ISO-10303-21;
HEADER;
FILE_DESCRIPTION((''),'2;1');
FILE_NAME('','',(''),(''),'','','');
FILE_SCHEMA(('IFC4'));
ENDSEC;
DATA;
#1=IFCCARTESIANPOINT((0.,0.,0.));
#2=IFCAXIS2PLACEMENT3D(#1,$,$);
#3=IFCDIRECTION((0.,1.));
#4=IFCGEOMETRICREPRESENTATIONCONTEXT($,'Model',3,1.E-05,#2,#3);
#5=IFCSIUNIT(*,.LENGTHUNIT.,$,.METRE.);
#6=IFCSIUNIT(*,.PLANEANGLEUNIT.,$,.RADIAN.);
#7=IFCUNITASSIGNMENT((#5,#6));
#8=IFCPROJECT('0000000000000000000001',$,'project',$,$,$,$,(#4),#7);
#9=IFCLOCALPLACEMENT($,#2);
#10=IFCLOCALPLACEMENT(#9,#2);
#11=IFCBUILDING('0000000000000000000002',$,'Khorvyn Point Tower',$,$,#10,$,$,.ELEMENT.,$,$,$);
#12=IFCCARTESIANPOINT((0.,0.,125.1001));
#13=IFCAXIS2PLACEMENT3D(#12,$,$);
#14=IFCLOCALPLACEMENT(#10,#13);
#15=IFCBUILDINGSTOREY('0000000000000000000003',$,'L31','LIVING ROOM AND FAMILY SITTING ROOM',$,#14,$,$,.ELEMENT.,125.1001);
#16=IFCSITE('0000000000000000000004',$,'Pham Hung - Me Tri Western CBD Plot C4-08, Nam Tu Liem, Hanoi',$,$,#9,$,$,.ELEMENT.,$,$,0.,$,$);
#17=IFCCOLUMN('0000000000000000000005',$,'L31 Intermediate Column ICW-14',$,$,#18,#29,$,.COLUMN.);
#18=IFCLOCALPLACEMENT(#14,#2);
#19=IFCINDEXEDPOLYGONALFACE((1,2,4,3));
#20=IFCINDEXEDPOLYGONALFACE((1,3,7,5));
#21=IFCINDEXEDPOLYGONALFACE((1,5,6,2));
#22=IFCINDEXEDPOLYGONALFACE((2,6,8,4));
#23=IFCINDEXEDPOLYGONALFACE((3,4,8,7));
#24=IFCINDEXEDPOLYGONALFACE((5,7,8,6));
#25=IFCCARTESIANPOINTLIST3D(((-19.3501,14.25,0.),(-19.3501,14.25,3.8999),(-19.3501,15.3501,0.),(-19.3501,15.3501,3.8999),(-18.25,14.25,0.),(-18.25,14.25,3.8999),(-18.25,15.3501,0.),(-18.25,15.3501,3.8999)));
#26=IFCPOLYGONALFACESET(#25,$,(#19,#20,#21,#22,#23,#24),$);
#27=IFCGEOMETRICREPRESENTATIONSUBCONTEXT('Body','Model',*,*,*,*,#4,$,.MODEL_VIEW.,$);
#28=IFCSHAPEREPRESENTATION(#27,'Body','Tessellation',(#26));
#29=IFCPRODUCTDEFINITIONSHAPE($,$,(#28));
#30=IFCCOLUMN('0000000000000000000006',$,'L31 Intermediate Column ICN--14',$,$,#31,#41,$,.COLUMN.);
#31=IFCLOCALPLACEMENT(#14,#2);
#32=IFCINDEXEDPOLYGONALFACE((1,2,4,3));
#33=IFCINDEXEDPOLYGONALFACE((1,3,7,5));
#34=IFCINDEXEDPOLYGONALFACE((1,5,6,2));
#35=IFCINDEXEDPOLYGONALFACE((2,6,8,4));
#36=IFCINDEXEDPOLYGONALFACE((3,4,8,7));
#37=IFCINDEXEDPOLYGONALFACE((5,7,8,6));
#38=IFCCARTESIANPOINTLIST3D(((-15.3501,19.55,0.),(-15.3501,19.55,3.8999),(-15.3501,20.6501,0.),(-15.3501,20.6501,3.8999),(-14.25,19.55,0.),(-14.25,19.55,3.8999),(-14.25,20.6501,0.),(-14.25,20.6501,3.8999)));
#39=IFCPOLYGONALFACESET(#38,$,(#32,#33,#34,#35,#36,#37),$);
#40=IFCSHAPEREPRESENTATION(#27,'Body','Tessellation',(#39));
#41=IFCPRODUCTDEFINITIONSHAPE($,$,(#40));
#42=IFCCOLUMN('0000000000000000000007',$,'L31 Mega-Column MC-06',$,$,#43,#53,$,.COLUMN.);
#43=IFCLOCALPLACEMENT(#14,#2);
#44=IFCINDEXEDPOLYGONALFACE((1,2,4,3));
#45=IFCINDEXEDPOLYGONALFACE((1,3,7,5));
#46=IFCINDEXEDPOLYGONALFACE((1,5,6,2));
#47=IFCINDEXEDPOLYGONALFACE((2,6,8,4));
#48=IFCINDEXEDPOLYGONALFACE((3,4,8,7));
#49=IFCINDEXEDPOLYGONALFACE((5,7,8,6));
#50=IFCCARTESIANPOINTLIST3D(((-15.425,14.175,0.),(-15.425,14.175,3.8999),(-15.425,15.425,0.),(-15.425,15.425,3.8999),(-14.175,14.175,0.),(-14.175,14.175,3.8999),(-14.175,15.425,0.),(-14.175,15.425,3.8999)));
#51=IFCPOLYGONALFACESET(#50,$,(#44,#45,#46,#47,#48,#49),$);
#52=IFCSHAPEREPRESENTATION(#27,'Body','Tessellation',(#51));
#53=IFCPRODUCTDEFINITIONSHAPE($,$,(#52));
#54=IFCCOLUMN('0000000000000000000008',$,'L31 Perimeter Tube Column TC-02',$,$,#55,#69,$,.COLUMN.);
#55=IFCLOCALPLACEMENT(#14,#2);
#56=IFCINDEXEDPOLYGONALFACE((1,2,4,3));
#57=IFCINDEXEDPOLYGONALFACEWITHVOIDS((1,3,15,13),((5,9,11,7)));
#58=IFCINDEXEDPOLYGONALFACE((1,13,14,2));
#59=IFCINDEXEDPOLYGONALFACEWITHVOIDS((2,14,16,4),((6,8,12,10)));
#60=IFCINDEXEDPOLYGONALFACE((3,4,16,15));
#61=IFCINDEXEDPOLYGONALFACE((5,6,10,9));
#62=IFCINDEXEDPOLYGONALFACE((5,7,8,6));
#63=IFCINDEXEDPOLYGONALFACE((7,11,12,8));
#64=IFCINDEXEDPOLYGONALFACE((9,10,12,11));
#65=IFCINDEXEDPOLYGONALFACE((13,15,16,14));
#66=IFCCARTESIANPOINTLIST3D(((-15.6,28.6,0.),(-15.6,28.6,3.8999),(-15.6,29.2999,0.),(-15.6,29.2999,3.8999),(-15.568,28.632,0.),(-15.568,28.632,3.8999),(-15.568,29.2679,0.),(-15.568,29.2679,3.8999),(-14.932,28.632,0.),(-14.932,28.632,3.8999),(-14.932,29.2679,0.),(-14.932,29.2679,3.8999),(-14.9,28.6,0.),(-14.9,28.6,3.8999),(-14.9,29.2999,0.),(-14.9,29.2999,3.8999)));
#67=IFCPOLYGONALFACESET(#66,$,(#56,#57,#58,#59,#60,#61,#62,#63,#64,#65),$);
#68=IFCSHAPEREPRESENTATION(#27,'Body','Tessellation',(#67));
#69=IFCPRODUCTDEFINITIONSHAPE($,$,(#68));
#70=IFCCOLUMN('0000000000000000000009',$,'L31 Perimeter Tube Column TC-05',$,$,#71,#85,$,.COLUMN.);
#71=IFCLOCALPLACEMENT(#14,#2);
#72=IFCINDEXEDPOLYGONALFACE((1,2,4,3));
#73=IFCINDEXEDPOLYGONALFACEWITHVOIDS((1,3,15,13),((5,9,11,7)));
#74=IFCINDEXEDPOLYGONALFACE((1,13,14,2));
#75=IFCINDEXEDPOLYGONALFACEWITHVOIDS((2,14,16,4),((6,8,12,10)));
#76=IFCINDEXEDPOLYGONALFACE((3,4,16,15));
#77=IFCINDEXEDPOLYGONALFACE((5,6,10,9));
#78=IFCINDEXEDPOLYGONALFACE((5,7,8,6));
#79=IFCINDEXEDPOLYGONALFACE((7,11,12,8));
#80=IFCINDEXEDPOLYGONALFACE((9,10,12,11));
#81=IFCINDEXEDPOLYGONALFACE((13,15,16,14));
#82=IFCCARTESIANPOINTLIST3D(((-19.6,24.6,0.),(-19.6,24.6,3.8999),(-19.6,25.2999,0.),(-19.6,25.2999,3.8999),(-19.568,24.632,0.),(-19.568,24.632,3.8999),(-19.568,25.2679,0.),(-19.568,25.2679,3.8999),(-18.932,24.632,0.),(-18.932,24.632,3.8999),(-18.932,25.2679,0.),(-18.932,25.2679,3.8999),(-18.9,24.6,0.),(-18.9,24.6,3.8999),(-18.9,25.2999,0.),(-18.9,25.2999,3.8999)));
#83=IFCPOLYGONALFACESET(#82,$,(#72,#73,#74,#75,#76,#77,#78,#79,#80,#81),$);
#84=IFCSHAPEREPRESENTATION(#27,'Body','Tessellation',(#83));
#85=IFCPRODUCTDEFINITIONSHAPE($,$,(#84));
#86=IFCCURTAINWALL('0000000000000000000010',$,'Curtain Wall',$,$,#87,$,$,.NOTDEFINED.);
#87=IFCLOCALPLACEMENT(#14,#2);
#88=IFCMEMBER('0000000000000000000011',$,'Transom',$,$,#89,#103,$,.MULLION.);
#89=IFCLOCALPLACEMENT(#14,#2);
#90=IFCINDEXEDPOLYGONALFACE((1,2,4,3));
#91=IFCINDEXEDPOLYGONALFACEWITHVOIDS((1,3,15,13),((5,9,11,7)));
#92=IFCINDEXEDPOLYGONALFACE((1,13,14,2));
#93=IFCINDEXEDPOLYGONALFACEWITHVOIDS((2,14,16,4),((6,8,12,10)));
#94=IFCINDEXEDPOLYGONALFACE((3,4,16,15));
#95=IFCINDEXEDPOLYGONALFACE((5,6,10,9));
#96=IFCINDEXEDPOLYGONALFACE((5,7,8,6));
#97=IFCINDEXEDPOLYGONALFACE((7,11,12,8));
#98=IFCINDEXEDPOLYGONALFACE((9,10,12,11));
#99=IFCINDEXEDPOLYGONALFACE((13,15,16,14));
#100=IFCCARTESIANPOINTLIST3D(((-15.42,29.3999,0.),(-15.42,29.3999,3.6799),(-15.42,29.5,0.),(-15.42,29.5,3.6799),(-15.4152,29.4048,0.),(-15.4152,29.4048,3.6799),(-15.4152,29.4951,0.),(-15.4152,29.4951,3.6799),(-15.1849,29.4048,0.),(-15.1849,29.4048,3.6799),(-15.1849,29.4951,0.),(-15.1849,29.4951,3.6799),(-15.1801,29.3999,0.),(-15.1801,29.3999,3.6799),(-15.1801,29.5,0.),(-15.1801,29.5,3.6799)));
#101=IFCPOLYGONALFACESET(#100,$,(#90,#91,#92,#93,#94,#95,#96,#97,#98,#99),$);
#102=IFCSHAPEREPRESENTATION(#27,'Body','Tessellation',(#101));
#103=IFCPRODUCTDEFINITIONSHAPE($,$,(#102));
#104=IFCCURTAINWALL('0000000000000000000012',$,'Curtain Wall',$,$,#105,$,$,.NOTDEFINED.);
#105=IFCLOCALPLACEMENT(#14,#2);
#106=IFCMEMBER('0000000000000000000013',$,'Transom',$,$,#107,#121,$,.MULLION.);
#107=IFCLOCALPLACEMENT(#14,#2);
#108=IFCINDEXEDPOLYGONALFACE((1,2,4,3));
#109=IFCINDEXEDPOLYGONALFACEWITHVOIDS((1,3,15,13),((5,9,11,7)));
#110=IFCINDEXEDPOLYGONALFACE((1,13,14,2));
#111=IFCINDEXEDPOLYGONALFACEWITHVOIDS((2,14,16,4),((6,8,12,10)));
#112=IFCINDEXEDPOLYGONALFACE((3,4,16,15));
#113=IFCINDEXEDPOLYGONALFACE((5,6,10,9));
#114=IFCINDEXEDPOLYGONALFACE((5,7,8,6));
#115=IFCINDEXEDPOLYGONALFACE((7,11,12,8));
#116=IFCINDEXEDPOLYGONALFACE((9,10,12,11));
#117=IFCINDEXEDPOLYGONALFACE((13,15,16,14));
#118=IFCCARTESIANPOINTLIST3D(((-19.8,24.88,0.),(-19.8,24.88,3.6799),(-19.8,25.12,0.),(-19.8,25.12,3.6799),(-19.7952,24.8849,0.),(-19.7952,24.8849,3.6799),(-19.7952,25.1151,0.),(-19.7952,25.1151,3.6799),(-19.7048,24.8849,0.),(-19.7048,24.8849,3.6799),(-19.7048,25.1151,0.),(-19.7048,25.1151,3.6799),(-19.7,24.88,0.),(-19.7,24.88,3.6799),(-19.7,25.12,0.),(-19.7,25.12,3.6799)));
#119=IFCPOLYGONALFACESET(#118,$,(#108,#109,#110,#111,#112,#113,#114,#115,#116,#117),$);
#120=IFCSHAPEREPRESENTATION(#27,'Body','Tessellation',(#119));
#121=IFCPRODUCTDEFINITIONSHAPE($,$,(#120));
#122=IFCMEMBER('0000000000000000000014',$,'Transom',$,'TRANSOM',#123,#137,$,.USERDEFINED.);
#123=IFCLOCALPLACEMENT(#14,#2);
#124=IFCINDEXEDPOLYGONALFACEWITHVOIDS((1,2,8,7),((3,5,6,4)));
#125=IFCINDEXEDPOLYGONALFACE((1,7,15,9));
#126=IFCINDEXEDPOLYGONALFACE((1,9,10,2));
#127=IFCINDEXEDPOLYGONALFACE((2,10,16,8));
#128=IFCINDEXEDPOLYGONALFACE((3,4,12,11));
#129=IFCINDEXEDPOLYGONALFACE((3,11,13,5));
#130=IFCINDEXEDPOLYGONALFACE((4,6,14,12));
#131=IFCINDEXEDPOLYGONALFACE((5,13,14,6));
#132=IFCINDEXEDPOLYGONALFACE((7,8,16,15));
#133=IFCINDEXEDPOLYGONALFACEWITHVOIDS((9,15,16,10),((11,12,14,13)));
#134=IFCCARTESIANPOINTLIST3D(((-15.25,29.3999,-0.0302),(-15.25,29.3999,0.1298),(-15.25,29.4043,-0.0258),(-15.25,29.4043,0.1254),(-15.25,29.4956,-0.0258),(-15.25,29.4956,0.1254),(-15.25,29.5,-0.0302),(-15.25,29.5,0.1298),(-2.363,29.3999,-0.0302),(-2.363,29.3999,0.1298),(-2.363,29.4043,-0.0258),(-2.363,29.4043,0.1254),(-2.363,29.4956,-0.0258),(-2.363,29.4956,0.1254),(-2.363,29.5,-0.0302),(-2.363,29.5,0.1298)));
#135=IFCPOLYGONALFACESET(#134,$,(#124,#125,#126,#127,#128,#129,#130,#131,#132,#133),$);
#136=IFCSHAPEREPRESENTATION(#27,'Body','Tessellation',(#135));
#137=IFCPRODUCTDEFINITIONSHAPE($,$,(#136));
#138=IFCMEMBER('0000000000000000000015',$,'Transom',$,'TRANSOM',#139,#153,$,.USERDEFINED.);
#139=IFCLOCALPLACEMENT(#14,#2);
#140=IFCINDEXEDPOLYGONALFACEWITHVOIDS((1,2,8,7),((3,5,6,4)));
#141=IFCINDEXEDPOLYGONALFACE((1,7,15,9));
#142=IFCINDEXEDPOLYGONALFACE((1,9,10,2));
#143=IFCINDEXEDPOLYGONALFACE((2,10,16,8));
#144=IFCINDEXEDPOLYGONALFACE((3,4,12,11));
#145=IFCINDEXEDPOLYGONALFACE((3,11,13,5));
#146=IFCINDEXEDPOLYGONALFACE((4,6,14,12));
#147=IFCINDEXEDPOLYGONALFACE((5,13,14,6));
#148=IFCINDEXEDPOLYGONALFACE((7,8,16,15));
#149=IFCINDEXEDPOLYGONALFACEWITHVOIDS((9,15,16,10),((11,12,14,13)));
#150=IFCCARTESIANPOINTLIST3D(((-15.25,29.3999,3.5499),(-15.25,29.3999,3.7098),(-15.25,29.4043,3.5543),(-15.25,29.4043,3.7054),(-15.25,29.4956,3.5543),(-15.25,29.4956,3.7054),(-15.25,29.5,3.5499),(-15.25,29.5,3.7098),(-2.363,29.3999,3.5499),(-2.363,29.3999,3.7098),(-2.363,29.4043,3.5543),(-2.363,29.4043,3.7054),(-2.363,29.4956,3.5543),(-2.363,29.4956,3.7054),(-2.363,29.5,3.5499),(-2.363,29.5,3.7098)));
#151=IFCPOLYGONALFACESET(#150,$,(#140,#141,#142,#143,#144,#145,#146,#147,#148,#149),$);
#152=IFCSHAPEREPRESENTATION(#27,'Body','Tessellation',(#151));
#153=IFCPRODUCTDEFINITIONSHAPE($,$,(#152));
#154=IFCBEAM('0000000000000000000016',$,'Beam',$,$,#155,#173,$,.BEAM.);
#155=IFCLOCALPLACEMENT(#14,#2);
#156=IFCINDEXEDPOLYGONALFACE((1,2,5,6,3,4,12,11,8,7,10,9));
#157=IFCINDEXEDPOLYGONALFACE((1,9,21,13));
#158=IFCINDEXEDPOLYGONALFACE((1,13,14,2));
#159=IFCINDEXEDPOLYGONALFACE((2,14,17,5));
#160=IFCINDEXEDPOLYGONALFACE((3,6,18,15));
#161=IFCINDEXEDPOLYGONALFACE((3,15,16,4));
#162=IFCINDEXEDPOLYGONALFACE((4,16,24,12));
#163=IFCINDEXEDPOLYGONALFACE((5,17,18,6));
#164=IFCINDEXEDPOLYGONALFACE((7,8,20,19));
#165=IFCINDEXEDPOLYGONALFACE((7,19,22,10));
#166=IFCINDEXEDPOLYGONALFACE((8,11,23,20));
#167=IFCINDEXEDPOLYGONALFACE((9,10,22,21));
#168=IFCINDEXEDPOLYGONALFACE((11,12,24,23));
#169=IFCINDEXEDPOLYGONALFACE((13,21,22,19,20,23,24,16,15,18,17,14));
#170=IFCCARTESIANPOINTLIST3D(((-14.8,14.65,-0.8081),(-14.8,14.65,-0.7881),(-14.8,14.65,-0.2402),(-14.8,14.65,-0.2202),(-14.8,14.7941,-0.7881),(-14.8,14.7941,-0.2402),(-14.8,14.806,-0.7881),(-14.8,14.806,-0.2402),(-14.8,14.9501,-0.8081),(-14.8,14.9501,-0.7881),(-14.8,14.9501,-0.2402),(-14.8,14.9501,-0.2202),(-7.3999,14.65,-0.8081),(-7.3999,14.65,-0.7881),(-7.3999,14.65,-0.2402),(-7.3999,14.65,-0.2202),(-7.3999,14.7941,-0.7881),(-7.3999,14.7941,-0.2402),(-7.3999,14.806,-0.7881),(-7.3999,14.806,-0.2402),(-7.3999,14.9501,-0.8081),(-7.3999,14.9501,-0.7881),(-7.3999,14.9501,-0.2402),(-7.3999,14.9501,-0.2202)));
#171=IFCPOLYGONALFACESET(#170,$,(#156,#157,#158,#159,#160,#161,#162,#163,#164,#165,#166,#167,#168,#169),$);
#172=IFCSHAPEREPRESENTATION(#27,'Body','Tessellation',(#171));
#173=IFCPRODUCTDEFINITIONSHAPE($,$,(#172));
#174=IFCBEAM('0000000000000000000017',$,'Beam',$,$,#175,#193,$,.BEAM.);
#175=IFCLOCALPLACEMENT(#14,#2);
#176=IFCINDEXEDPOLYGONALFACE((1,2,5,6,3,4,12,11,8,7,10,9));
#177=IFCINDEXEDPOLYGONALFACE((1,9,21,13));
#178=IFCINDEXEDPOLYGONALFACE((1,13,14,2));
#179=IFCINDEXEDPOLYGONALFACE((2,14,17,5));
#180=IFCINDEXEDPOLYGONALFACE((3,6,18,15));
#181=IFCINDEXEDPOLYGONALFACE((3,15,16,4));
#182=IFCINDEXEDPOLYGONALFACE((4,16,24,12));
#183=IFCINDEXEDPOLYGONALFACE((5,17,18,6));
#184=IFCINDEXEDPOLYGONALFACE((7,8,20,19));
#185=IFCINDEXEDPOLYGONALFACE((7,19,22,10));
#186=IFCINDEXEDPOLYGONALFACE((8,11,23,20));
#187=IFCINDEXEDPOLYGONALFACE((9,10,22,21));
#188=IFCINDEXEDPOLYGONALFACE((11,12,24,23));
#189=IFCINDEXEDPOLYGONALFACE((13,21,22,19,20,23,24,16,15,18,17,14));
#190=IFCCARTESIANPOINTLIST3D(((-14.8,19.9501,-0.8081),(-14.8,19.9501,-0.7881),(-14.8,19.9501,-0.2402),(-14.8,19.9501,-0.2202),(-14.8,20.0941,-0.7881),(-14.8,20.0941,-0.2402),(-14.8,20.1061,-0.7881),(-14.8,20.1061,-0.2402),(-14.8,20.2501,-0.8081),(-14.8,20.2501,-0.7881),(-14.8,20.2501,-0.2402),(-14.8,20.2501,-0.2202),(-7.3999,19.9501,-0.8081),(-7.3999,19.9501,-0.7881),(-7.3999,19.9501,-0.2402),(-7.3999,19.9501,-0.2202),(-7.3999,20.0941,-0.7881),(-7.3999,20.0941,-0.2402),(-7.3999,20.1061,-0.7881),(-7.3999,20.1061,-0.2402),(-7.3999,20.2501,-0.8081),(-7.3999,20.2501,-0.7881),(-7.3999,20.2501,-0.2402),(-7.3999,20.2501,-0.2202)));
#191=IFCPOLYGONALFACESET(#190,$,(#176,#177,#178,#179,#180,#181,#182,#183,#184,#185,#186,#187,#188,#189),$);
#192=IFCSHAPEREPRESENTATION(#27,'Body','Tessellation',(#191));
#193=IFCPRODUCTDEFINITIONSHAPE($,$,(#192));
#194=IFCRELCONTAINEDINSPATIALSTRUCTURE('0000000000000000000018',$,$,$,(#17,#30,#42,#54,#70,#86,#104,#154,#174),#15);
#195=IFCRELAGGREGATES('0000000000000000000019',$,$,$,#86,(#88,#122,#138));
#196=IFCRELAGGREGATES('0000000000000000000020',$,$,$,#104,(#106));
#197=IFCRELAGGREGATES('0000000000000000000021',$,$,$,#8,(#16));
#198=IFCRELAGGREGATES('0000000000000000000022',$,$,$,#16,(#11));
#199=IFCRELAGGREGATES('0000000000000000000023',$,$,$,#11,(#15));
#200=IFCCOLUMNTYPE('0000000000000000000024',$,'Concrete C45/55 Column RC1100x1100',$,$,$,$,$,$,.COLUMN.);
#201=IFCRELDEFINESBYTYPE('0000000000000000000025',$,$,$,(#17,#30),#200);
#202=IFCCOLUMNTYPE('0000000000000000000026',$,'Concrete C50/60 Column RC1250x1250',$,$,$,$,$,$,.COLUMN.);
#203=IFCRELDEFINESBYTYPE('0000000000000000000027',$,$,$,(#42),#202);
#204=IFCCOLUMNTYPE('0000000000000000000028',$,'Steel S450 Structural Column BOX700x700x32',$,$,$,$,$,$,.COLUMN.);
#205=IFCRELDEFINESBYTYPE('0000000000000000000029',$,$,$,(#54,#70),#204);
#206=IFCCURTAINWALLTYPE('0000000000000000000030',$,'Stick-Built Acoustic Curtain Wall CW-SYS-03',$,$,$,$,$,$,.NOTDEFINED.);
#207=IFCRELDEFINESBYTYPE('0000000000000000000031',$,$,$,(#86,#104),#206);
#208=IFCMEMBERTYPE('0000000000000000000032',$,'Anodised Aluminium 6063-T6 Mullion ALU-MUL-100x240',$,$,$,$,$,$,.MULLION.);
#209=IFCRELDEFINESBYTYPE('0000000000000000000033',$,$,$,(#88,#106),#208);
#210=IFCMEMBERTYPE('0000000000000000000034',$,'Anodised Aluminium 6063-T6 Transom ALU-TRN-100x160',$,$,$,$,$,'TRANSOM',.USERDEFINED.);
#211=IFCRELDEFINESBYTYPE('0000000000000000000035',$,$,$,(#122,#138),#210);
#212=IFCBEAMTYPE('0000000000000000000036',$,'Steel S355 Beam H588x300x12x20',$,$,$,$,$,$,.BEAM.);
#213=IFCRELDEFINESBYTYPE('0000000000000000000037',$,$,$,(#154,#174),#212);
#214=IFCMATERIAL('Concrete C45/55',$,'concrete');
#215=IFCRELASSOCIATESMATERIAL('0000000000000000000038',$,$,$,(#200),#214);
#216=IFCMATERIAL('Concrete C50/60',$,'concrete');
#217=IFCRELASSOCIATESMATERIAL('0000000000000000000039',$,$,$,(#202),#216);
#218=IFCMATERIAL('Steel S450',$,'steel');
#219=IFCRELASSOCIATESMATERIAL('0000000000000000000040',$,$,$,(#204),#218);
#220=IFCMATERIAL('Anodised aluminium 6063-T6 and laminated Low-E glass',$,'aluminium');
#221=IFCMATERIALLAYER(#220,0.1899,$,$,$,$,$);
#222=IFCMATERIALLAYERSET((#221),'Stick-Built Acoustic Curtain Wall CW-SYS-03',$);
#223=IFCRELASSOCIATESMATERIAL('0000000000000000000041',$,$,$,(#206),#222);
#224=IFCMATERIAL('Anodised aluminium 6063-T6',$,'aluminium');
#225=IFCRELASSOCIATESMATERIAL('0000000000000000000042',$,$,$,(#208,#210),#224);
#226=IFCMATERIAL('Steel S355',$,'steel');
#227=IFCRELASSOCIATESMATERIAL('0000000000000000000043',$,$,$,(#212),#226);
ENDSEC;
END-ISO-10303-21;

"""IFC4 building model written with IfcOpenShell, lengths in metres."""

from ifc_helpers import new_model, si_unit, direction, frame, origin, origin_2d, place, context, subcontext, project, spatial, rectangle, hollow_rectangle, i_section, extrude, material, layer, layer_set, material_profile, profile_set, type_object, element, aggregate, save


model = new_model("IFC4")

# Units and contexts
model_context = context("Model", 3, precision=1e-05, world=origin(), true_north=direction((0.0, 1.0)))
body_context = subcontext(model_context, "Body", "Model", "MODEL_VIEW")
ifc_project = project(units=[si_unit("LENGTHUNIT", "METRE"), si_unit("PLANEANGLEUNIT", "RADIAN")], contexts=[model_context])

# Site, building, storey
site_placement = place(None, origin())
site = spatial("IfcSite", under=ifc_project, at=site_placement, Name="Pham Hung - Me Tri Western CBD Plot C4-08, Nam Tu Liem, Hanoi", CompositionType="ELEMENT", RefElevation=0.0)
building_placement = place(site_placement, origin())
building = spatial("IfcBuilding", under=site, at=building_placement, Name="Khorvyn Point Tower", CompositionType="ELEMENT")
storey_placement = place(building_placement, frame((0.0, 0.0, 125.1001)))
storey = spatial("IfcBuildingStorey", under=building, at=storey_placement, Name="L31", Description="LIVING ROOM AND FAMILY SITTING ROOM", CompositionType="ELEMENT", Elevation=125.1001)

# Columns
ifc_material_1 = material(Name="Concrete C45/55", Category="concrete")
ifc_material_profile_1 = material_profile(ifc_material_1, rectangle(XDim=1.1001, YDim=1.1001, at=origin_2d()))
ifc_profile_set_1 = profile_set([ifc_material_profile_1], Name="Concrete C45/55 RC1100x1100")
column_type_1 = type_object("IfcColumnType", Name="Concrete C45/55 Column RC1100x1100", PredefinedType="COLUMN", material=ifc_profile_set_1)
for number, where, z_axis, x_axis, name in (
    (1, (-18.8, 14.8, 0.0), (0.0, 0.0, 1.0), (1.0, 0.0, 0.0), "L31 Intermediate Column ICW-14"),
    (2, (-14.8, 20.1001, 0.0), (0.0, 0.0, 1.0), (1.0, 0.0, 0.0), "L31 Intermediate Column ICN--14"),
):
    element("IfcColumn", number, at=place(storey_placement, frame(where, z_axis=z_axis, x_axis=x_axis)), inside=storey, type_object=column_type_1, Name=name, PredefinedType="COLUMN", context=body_context, shape_type="SweptSolid", body=[
        extrude(rectangle(XDim=1.1001, YDim=1.1001, at=origin_2d()), origin(), (0.0, 0.0, 1.0), 3.8999),
    ])
ifc_material_2 = material(Name="Concrete C50/60", Category="concrete")
ifc_material_profile_2 = material_profile(ifc_material_2, rectangle(XDim=1.25, YDim=1.25, at=origin_2d()))
ifc_profile_set_2 = profile_set([ifc_material_profile_2], Name="Concrete C50/60 RC1250x1250")
column_type_2 = type_object("IfcColumnType", Name="Concrete C50/60 Column RC1250x1250", PredefinedType="COLUMN", material=ifc_profile_set_2)
column_placement = place(storey_placement, frame((-14.8, 14.8, 0.0), z_axis=(0.0, 0.0, 1.0), x_axis=(1.0, 0.0, 0.0)))
element("IfcColumn", 3, at=column_placement, inside=storey, type_object=column_type_2, Name="L31 Mega-Column MC-06", PredefinedType="COLUMN", context=body_context, shape_type="SweptSolid", body=[
    extrude(rectangle(XDim=1.25, YDim=1.25, at=origin_2d()), origin(), (0.0, 0.0, 1.0), 3.8999),
])
ifc_material_3 = material(Name="Steel S450", Category="steel")
ifc_material_profile_3 = material_profile(ifc_material_3, hollow_rectangle(XDim=0.7, YDim=0.7, WallThickness=0.032, at=origin_2d()))
ifc_profile_set_3 = profile_set([ifc_material_profile_3], Name="Steel S450 BOX700x700x32")
column_type_3 = type_object("IfcColumnType", Name="Steel S450 Structural Column BOX700x700x32", PredefinedType="COLUMN", material=ifc_profile_set_3)
for number, where, z_axis, x_axis, name in (
    (4, (-15.25, 28.95, 0.0), (0.0, 0.0, 1.0), (1.0, 0.0, 0.0), "L31 Perimeter Tube Column TC-02"),
    (5, (-19.25, 24.95, 0.0), (0.0, 0.0, 1.0), (1.0, 0.0, 0.0), "L31 Perimeter Tube Column TC-05"),
):
    element("IfcColumn", number, at=place(storey_placement, frame(where, z_axis=z_axis, x_axis=x_axis)), inside=storey, type_object=column_type_3, Name=name, PredefinedType="COLUMN", context=body_context, shape_type="SweptSolid", body=[
        extrude(hollow_rectangle(XDim=0.7, YDim=0.7, WallThickness=0.032, at=origin_2d()), origin(), (0.0, 0.0, 1.0), 3.8999),
    ])

# Curtain walls, members
ifc_material_4 = material(Name="Anodised aluminium 6063-T6 and laminated Low-E glass", Category="aluminium")
ifc_layer_1 = layer(ifc_material_4, 0.1899)
ifc_layer_set_1 = layer_set([ifc_layer_1], Name="Stick-Built Acoustic Curtain Wall CW-SYS-03")
curtain_wall_type = type_object("IfcCurtainWallType", Name="Stick-Built Acoustic Curtain Wall CW-SYS-03", PredefinedType="NOTDEFINED", material=ifc_layer_set_1)
curtain_wall_1_placement = place(storey_placement, origin())
curtain_wall_1 = element("IfcCurtainWall", 6, at=curtain_wall_1_placement, inside=storey, type_object=curtain_wall_type, Name="Curtain Wall", PredefinedType="NOTDEFINED")
ifc_material_5 = material(Name="Anodised aluminium 6063-T6", Category="aluminium")
ifc_material_profile_4 = material_profile(ifc_material_5, hollow_rectangle(XDim=0.1001, YDim=0.24, WallThickness=0.0049, at=origin_2d()))
ifc_profile_set_4 = profile_set([ifc_material_profile_4], Name="Anodised aluminium 6063-T6 ALU-MUL-100x240")
member_type_1 = type_object("IfcMemberType", Name="Anodised Aluminium 6063-T6 Mullion ALU-MUL-100x240", PredefinedType="MULLION", material=ifc_profile_set_4)
member_1_placement = place(storey_placement, frame((-15.3, 29.45, 0.0), z_axis=(0.0, 0.0, 1.0), x_axis=(0.0, 1.0, 0.0)))
member_1 = element("IfcMember", 7, at=member_1_placement, type_object=member_type_1, Name="Transom", PredefinedType="MULLION", context=body_context, shape_type="SweptSolid", body=[
    extrude(hollow_rectangle(XDim=0.1001, YDim=0.24, WallThickness=0.0049, at=origin_2d()), origin(), (0.0, 0.0, 1.0), 3.6799),
])
curtain_wall_2_placement = place(storey_placement, origin())
curtain_wall_2 = element("IfcCurtainWall", 8, at=curtain_wall_2_placement, inside=storey, type_object=curtain_wall_type, Name="Curtain Wall", PredefinedType="NOTDEFINED")
member_2_placement = place(storey_placement, frame((-19.75, 25.0, 0.0), z_axis=(0.0, 0.0, 1.0), x_axis=(-1.0, 0.0, 0.0)))
member_2 = element("IfcMember", 9, at=member_2_placement, type_object=member_type_1, Name="Transom", PredefinedType="MULLION", context=body_context, shape_type="SweptSolid", body=[
    extrude(hollow_rectangle(XDim=0.1001, YDim=0.24, WallThickness=0.0049, at=origin_2d()), origin(), (0.0, 0.0, 1.0), 3.6799),
])

# Members
ifc_material_profile_5 = material_profile(ifc_material_5, hollow_rectangle(XDim=0.1001, YDim=0.1599, WallThickness=0.0044, at=origin_2d()))
ifc_profile_set_5 = profile_set([ifc_material_profile_5], Name="Anodised aluminium 6063-T6 ALU-TRN-100x160")
member_type_2 = type_object("IfcMemberType", Name="Anodised Aluminium 6063-T6 Transom ALU-TRN-100x160", ElementType="TRANSOM", PredefinedType="USERDEFINED", material=ifc_profile_set_5)
member_3_placement = place(storey_placement, frame((-15.25, 29.45, 0.0498), z_axis=(1.0, 0.0, 0.0), x_axis=(0.0, 1.0, 0.0)))
member_3 = element("IfcMember", 10, at=member_3_placement, type_object=member_type_2, Name="Transom", ObjectType="TRANSOM", PredefinedType="USERDEFINED", context=body_context, shape_type="SweptSolid", body=[
    extrude(hollow_rectangle(XDim=0.1001, YDim=0.1599, WallThickness=0.0044, at=origin_2d()), origin(), (0.0, 0.0, 1.0), 12.887),
])
member_4_placement = place(storey_placement, frame((-15.25, 29.45, 3.6299), z_axis=(1.0, 0.0, 0.0), x_axis=(0.0, 1.0, 0.0)))
member_4 = element("IfcMember", 11, at=member_4_placement, type_object=member_type_2, Name="Transom", ObjectType="TRANSOM", PredefinedType="USERDEFINED", context=body_context, shape_type="SweptSolid", body=[
    extrude(hollow_rectangle(XDim=0.1001, YDim=0.1599, WallThickness=0.0044, at=origin_2d()), origin(), (0.0, 0.0, 1.0), 12.887),
])

# Beams
ifc_material_6 = material(Name="Steel S355", Category="steel")
ifc_material_profile_6 = material_profile(ifc_material_6, i_section(OverallWidth=0.3, OverallDepth=0.5879, WebThickness=0.012, FlangeThickness=0.02, at=origin_2d()))
ifc_profile_set_6 = profile_set([ifc_material_profile_6], Name="Steel S355 H588x300x12x20")
beam_type_1 = type_object("IfcBeamType", Name="Steel S355 Beam H588x300x12x20", PredefinedType="BEAM", material=ifc_profile_set_6)
for number, where, z_axis, x_axis, name in (
    (12, (-14.8, 14.8, -0.5142), (1.0, 0.0, 0.0), (0.0, 1.0, 0.0), "Beam"),
    (13, (-14.8, 20.1001, -0.5142), (1.0, 0.0, 0.0), (0.0, 1.0, 0.0), "Beam"),
):
    element("IfcBeam", number, at=place(storey_placement, frame(where, z_axis=z_axis, x_axis=x_axis)), inside=storey, type_object=beam_type_1, Name=name, PredefinedType="BEAM", context=body_context, shape_type="SweptSolid", body=[
        extrude(i_section(OverallWidth=0.3, OverallDepth=0.5879, WebThickness=0.012, FlangeThickness=0.02, at=origin_2d()), origin(), (0.0, 0.0, 1.0), 7.4001),
    ])

aggregate(curtain_wall_1, [member_1, member_3, member_4])
aggregate(curtain_wall_2, [member_2])

save(model, "model.ifc")
